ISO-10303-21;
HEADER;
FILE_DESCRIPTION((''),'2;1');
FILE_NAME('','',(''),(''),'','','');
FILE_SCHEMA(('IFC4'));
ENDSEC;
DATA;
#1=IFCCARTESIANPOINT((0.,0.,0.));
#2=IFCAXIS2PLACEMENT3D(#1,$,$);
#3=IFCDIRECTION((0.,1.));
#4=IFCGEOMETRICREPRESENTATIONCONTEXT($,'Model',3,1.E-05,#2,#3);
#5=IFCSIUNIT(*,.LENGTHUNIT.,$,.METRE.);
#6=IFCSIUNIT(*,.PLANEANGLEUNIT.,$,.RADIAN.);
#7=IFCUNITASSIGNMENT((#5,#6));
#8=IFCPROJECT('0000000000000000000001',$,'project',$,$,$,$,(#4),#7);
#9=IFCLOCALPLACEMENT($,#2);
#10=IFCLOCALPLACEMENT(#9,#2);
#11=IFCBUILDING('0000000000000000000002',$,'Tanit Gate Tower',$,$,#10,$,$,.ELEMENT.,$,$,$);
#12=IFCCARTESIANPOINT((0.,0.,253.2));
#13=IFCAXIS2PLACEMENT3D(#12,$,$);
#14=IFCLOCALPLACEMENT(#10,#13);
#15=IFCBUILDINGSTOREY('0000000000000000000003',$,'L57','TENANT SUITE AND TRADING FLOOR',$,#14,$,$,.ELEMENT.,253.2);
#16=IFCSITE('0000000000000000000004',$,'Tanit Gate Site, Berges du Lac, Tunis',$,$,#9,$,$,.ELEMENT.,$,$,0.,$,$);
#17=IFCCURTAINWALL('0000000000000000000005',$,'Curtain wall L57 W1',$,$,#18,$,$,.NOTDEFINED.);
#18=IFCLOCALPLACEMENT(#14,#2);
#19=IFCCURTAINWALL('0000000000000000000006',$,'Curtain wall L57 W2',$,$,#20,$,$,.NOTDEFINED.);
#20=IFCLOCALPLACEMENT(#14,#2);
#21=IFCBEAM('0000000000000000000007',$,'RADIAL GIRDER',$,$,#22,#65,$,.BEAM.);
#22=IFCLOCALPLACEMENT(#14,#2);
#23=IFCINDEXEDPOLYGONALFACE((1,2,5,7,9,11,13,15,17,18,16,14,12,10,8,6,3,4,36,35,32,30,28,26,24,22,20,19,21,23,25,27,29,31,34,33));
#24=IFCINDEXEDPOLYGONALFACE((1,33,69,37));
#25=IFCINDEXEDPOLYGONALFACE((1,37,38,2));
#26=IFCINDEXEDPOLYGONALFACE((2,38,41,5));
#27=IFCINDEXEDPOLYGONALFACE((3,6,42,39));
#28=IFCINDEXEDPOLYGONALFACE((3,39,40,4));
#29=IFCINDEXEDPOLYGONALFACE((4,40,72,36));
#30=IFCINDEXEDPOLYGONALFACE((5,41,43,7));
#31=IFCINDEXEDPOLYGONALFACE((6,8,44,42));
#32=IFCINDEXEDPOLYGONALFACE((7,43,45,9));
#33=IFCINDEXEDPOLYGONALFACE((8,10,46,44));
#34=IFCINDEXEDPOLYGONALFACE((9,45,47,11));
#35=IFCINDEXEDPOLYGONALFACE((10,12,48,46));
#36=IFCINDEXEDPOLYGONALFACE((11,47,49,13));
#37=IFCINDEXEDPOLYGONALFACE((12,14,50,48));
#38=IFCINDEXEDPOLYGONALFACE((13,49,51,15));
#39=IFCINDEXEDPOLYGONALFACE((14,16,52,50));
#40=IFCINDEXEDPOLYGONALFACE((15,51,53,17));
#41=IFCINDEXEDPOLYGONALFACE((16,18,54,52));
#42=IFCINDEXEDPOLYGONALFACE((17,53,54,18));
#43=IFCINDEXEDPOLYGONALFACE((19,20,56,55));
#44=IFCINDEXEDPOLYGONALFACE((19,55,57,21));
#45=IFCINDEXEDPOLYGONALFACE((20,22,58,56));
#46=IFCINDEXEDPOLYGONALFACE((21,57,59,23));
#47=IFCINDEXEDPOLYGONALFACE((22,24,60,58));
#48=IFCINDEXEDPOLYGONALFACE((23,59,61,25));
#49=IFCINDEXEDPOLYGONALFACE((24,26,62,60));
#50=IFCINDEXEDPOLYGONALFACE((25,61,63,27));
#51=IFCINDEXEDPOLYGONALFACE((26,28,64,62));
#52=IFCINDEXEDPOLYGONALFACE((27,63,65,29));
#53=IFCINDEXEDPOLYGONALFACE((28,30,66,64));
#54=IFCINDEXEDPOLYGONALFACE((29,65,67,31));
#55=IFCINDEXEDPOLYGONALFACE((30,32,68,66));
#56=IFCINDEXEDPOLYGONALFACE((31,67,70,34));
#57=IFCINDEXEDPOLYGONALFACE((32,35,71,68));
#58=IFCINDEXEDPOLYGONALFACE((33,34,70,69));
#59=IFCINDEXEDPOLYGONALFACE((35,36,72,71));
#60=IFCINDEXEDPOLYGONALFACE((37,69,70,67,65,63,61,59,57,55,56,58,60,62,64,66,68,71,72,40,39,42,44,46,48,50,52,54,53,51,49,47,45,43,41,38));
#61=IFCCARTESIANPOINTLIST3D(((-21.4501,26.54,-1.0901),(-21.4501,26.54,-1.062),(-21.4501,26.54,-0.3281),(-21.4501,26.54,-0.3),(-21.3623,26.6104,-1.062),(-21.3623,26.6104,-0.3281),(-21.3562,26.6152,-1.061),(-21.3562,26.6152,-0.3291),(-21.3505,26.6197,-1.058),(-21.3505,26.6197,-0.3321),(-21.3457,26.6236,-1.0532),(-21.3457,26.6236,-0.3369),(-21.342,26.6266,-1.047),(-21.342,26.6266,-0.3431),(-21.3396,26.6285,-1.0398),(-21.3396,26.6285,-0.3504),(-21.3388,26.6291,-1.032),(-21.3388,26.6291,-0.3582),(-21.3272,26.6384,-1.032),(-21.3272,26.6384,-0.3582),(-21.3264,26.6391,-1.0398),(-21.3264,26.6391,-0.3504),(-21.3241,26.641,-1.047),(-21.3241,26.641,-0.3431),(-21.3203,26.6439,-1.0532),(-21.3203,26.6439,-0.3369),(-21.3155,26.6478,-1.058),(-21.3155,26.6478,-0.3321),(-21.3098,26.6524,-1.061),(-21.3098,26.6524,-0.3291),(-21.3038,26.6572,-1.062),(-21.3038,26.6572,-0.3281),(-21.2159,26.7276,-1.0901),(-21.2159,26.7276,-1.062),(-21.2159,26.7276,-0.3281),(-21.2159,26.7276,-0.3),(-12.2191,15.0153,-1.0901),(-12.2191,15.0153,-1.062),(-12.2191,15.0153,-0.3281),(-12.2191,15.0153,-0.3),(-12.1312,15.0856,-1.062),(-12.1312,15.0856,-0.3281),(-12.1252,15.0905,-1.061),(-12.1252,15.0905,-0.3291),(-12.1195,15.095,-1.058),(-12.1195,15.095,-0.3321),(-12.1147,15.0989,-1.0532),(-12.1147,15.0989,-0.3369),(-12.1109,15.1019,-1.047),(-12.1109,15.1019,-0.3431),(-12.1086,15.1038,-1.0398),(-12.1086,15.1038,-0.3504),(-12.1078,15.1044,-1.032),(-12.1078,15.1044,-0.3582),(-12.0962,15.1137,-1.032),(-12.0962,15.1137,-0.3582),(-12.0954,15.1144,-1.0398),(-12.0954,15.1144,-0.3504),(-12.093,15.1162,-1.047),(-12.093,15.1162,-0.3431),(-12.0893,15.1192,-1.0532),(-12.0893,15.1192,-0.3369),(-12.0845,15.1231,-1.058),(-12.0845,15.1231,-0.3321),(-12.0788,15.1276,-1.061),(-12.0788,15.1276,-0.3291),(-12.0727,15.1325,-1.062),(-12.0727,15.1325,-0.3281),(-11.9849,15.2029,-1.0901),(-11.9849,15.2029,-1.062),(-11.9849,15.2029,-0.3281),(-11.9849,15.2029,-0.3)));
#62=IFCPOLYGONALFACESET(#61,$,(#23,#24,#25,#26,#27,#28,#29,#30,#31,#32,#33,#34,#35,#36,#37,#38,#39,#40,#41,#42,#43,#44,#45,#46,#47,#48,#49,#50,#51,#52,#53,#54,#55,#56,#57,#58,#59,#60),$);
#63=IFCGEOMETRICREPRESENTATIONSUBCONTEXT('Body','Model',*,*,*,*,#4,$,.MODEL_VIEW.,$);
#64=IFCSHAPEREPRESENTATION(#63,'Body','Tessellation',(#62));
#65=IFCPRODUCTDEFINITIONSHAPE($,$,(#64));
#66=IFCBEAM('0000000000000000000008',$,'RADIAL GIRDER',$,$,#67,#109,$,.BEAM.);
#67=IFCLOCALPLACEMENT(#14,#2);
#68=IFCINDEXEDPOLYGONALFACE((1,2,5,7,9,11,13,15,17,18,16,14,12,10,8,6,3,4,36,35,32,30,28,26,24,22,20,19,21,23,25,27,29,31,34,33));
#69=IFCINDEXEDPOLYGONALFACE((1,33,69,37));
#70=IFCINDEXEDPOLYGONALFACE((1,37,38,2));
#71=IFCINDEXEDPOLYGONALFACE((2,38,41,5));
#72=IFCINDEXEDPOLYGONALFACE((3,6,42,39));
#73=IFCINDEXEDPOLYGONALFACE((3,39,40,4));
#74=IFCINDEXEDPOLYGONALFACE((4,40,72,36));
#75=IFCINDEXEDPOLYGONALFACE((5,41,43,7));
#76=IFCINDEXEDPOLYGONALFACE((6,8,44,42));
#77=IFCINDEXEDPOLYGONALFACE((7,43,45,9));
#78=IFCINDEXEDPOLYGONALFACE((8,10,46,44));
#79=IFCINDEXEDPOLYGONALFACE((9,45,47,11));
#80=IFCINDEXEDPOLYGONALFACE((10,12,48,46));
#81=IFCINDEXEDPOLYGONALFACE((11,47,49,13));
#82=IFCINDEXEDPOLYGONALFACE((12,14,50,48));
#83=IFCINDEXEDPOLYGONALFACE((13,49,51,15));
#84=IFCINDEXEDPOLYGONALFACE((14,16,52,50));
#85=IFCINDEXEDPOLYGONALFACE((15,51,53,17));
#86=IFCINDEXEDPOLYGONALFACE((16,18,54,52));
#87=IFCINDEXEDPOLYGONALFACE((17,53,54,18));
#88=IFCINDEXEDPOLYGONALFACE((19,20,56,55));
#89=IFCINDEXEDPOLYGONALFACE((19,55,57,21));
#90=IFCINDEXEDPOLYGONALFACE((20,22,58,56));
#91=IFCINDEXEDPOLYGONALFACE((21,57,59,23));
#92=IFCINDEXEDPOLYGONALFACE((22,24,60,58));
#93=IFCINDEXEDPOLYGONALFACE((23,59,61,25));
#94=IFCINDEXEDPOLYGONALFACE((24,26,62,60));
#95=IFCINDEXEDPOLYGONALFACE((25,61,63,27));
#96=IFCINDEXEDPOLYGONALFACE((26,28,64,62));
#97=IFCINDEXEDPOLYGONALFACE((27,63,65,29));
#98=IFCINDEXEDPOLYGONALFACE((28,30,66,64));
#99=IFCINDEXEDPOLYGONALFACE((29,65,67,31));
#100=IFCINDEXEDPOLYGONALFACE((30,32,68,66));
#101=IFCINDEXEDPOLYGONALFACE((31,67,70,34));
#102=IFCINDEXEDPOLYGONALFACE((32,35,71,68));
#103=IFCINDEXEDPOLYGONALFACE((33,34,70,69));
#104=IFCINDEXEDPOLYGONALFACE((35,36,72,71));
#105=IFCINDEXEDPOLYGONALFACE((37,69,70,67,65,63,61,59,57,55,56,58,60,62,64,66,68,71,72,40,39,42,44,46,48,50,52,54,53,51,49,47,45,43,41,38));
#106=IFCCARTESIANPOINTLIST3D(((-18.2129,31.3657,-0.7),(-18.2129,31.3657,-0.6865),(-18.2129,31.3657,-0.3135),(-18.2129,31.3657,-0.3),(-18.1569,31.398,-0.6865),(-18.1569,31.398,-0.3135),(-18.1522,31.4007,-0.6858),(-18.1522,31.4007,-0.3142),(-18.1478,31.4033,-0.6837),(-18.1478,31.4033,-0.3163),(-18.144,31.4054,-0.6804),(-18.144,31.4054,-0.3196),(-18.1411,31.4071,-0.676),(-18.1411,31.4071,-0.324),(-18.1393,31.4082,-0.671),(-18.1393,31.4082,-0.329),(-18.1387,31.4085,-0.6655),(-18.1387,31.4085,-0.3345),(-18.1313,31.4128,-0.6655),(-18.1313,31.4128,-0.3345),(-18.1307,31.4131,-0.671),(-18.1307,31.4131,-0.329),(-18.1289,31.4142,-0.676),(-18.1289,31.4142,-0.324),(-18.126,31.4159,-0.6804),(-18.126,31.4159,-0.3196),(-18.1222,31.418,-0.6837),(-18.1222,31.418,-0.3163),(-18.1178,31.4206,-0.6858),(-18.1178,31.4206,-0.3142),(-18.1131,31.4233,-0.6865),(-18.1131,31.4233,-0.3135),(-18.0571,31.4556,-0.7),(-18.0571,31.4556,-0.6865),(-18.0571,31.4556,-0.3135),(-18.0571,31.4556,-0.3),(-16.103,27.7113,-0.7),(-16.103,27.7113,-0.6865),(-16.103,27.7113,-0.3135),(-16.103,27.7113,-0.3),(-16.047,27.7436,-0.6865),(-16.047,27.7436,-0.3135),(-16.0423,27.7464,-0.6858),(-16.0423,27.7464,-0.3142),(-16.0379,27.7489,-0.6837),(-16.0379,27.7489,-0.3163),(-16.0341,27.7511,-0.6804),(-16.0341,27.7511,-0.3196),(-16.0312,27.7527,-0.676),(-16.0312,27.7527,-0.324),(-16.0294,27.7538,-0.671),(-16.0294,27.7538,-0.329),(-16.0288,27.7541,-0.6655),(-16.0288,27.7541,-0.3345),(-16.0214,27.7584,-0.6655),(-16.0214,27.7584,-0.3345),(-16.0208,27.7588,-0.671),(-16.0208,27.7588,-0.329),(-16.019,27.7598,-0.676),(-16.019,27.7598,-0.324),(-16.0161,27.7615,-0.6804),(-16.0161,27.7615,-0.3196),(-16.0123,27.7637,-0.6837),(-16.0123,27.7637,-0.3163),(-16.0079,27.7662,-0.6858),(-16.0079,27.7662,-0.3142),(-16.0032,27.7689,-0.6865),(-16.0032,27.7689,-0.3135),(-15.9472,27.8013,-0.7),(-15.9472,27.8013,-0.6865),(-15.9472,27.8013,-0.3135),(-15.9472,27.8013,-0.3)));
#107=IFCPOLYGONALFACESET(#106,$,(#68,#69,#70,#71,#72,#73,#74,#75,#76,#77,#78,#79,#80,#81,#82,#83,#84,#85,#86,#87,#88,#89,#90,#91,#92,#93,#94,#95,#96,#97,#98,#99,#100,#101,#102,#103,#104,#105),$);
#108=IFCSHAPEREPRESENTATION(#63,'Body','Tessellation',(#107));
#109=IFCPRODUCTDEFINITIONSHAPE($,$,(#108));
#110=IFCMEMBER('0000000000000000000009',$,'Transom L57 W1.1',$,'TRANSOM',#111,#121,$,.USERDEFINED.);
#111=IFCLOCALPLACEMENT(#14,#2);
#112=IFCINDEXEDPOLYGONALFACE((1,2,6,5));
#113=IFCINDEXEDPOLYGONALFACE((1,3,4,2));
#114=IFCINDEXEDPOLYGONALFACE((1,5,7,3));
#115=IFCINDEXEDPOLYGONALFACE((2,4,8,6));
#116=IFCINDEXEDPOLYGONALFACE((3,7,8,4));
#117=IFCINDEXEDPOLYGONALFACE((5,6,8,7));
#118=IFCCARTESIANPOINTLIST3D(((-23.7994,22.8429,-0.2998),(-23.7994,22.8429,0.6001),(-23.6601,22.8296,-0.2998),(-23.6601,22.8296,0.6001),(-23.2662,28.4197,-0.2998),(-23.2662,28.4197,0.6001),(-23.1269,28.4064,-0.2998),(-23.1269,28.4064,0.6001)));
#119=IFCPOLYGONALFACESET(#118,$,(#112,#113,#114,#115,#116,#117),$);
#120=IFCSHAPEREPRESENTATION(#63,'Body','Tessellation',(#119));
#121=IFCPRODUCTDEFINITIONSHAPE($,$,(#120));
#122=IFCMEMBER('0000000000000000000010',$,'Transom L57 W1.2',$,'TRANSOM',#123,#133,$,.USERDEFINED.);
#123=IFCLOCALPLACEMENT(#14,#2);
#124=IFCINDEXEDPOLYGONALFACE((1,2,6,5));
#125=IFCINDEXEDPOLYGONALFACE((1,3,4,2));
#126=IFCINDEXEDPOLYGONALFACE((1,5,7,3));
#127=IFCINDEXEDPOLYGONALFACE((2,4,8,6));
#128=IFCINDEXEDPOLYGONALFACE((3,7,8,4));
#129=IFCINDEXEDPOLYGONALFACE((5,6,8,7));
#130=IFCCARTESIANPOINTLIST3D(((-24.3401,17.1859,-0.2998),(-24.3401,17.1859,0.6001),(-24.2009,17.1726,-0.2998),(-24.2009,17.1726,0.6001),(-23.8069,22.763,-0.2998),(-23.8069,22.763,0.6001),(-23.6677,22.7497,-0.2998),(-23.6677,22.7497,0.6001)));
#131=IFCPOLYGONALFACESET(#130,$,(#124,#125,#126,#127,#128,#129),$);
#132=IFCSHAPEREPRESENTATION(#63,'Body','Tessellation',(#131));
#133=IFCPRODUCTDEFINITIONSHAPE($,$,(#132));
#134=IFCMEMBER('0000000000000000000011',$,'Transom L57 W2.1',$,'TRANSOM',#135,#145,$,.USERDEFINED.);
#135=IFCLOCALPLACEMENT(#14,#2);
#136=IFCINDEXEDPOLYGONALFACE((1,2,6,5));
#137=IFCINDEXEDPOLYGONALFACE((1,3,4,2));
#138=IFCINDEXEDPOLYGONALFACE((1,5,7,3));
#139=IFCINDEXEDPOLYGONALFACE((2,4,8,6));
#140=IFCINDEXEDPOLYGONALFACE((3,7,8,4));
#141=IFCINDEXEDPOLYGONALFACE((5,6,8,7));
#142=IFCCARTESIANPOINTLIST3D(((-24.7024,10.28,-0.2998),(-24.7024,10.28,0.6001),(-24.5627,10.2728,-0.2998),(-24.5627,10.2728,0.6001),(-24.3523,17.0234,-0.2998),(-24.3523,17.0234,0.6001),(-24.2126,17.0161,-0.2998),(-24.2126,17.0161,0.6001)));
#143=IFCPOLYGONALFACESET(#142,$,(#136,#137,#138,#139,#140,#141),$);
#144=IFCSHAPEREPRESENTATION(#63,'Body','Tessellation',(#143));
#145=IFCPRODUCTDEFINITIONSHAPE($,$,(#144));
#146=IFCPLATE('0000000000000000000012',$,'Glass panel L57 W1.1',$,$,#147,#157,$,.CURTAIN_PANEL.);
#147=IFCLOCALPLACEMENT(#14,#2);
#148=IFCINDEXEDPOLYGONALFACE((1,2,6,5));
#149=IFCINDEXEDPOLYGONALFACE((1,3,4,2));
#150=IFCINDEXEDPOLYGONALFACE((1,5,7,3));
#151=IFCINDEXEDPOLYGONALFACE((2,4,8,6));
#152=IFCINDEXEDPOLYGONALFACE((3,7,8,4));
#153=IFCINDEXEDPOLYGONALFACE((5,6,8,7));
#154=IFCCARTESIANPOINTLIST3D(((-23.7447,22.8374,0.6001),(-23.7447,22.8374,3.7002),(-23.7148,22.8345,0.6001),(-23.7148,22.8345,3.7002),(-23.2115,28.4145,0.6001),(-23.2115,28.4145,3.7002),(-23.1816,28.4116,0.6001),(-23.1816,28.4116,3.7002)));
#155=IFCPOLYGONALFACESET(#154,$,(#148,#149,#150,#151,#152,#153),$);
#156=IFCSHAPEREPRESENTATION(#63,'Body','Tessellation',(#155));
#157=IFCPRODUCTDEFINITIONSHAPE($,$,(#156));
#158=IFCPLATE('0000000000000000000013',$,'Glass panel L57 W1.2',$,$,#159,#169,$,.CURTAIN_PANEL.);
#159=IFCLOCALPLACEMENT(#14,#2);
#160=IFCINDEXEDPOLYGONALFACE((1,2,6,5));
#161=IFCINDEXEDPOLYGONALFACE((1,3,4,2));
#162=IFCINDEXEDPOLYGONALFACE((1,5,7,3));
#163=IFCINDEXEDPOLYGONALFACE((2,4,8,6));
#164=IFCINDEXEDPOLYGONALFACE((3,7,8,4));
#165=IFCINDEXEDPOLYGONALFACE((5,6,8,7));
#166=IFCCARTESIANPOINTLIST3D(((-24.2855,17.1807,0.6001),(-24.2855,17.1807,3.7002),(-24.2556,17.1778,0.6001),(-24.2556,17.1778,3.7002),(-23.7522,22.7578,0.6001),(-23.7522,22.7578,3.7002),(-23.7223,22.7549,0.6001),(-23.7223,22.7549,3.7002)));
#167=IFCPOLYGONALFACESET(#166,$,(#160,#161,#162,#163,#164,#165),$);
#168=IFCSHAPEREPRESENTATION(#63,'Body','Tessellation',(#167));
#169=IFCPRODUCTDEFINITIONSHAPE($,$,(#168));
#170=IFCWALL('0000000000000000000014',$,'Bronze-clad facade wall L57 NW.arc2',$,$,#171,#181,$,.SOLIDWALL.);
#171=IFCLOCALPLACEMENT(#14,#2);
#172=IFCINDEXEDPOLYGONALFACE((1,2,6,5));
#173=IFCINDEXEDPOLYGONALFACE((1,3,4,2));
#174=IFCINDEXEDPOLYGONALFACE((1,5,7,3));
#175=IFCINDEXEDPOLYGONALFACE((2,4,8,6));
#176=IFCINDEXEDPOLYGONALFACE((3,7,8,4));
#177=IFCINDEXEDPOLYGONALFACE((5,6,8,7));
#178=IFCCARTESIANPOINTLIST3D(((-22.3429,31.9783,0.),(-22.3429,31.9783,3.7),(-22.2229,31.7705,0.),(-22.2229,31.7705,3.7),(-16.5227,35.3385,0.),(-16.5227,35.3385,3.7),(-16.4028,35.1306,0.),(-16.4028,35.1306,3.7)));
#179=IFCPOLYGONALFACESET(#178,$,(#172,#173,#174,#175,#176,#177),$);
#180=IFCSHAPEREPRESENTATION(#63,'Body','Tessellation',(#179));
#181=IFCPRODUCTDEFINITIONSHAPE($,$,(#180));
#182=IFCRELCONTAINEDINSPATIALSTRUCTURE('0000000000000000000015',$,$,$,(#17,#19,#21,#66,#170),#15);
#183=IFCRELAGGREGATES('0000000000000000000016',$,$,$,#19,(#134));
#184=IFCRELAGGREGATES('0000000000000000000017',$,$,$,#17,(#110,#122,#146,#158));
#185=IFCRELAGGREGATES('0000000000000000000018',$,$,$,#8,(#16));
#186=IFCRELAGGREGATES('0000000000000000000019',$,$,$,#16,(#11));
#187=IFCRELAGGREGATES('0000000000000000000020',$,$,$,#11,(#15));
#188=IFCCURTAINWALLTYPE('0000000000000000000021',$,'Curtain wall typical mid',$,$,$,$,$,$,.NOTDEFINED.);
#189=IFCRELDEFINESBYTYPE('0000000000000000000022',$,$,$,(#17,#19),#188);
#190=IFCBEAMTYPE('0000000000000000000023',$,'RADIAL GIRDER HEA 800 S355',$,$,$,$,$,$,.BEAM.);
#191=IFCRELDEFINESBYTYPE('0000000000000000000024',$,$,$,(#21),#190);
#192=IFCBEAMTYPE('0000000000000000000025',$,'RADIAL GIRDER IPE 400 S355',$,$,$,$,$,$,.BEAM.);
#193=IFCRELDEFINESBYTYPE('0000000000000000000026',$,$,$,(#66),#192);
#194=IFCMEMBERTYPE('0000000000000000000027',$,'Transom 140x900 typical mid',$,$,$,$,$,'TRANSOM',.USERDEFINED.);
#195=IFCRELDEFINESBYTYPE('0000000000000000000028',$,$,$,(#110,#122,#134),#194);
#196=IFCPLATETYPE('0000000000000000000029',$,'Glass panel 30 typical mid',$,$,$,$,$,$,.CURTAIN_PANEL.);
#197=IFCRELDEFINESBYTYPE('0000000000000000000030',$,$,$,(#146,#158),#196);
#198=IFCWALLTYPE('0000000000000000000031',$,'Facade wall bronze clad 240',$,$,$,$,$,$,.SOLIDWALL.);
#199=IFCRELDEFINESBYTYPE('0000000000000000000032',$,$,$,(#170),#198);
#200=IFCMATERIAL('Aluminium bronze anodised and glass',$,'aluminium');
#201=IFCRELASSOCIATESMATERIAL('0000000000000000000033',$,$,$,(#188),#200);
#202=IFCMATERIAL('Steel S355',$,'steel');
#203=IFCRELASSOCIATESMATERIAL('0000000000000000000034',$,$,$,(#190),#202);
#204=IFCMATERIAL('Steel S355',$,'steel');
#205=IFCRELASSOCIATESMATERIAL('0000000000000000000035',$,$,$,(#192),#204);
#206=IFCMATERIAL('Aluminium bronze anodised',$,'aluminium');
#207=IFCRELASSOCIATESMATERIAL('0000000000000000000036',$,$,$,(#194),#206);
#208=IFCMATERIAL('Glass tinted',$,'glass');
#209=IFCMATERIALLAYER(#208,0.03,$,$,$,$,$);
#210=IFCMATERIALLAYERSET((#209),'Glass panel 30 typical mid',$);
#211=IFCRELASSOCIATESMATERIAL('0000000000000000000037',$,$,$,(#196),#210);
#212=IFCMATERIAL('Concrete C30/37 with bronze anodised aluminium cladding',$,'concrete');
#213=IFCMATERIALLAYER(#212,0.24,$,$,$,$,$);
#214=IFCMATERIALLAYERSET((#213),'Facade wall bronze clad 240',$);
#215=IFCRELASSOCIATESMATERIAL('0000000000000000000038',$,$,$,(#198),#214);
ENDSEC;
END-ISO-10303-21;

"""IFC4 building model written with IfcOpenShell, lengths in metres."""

from ifc_helpers import new_model, si_unit, direction, frame, frame_2d, origin, origin_2d, place, context, subcontext, project, spatial, rectangle, i_section, extrude, material, layer, layer_set, material_profile, profile_set, type_object, element, aggregate, save


model = new_model("IFC4")

# Units and contexts
model_context = context("Model", 3, precision=1e-05, world=origin(), true_north=direction((0.0, 1.0)))
body_context = subcontext(model_context, "Body", "Model", "MODEL_VIEW")
ifc_project = project(units=[si_unit("LENGTHUNIT", "METRE"), si_unit("PLANEANGLEUNIT", "RADIAN")], contexts=[model_context])

# Site, building, storey
site_placement = place(None, origin())
site = spatial("IfcSite", under=ifc_project, at=site_placement, Name="Tanit Gate Site, Berges du Lac, Tunis", CompositionType="ELEMENT", RefElevation=0.0)
building_placement = place(site_placement, origin())
building = spatial("IfcBuilding", under=site, at=building_placement, Name="Tanit Gate Tower", CompositionType="ELEMENT")
storey_placement = place(building_placement, frame((0.0, 0.0, 253.2)))
storey = spatial("IfcBuildingStorey", under=building, at=storey_placement, Name="L57", Description="TENANT SUITE AND TRADING FLOOR", CompositionType="ELEMENT", Elevation=253.2)

# Curtain walls
ifc_material_1 = material(Name="Aluminium bronze anodised and glass", Category="aluminium")
curtain_wall_type = type_object("IfcCurtainWallType", Name="Curtain wall typical mid", PredefinedType="NOTDEFINED", material=ifc_material_1)
curtain_wall_1_placement = place(storey_placement, origin())
curtain_wall_1 = element("IfcCurtainWall", 1, at=curtain_wall_1_placement, inside=storey, type_object=curtain_wall_type, Name="Curtain wall L57 W1", PredefinedType="NOTDEFINED")
curtain_wall_2_placement = place(storey_placement, origin())
curtain_wall_2 = element("IfcCurtainWall", 2, at=curtain_wall_2_placement, inside=storey, type_object=curtain_wall_type, Name="Curtain wall L57 W2", PredefinedType="NOTDEFINED")

# Beams
ifc_material_2 = material(Name="Steel S355", Category="steel")
ifc_material_profile_1 = material_profile(ifc_material_2, i_section(OverallWidth=0.3, OverallDepth=0.79, WebThickness=0.0149, FlangeThickness=0.0281, FilletRadius=0.03, at=origin_2d()), Name="HEA 800")
ifc_profile_set_1 = profile_set([ifc_material_profile_1], Name="Steel S355")
beam_type_1 = type_object("IfcBeamType", Name="RADIAL GIRDER HEA 800 S355", PredefinedType="BEAM", material=ifc_profile_set_1)
beam_1_placement = place(storey_placement, frame((-21.333, 26.6338, -0.6951), z_axis=(0.625159, -0.780498, 0.0), x_axis=(0.780498, 0.625159, 0.0)))
element("IfcBeam", 3, at=beam_1_placement, inside=storey, type_object=beam_type_1, Name="RADIAL GIRDER", PredefinedType="BEAM", context=body_context, shape_type="SweptSolid", body=[
    extrude(i_section(OverallWidth=0.3, OverallDepth=0.79, WebThickness=0.0149, FlangeThickness=0.0281, FilletRadius=0.03, at=origin_2d()), origin(), (0.0, 0.0, 1.0), 14.7659),
])
ifc_material_3 = material(Name="Steel S355", Category="steel")
ifc_material_profile_2 = material_profile(ifc_material_3, i_section(OverallWidth=0.1799, OverallDepth=0.3999, WebThickness=0.0085, FlangeThickness=0.0134, FilletRadius=0.021, at=origin_2d()), Name="IPE 400")
ifc_profile_set_2 = profile_set([ifc_material_profile_2], Name="Steel S355")
beam_type_2 = type_object("IfcBeamType", Name="RADIAL GIRDER IPE 400 S355", PredefinedType="BEAM", material=ifc_profile_set_2)
beam_2_placement = place(storey_placement, frame((-18.135, 31.4106, -0.5), z_axis=(0.50001, -0.86602, 0.0), x_axis=(0.86602, 0.50001, 0.0)))
element("IfcBeam", 4, at=beam_2_placement, inside=storey, type_object=beam_type_2, Name="RADIAL GIRDER", PredefinedType="BEAM", context=body_context, shape_type="SweptSolid", body=[
    extrude(i_section(OverallWidth=0.1799, OverallDepth=0.3999, WebThickness=0.0085, FlangeThickness=0.0134, FilletRadius=0.021, at=origin_2d()), origin(), (0.0, 0.0, 1.0), 4.2197),
])

# Members
ifc_material_4 = material(Name="Aluminium bronze anodised", Category="aluminium")
ifc_material_profile_3 = material_profile(ifc_material_4, rectangle(XDim=0.1399, YDim=0.8999, at=origin_2d()), Name="140x900 bronze transom")
ifc_profile_set_3 = profile_set([ifc_material_profile_3], Name="Aluminium bronze anodised")
member_type_1 = type_object("IfcMemberType", Name="Transom 140x900 typical mid", ElementType="TRANSOM", PredefinedType="USERDEFINED", material=ifc_profile_set_3)
member_1_placement = place(storey_placement, frame((-23.1965, 28.4131, 0.1501), z_axis=(-0.095175, -0.995461, 0.0), x_axis=(0.995461, -0.095175, 0.0)))
member_1 = element("IfcMember", 5, at=member_1_placement, type_object=member_type_1, Name="Transom L57 W1.1", ObjectType="TRANSOM", PredefinedType="USERDEFINED", context=body_context, shape_type="SweptSolid", body=[
    extrude(rectangle(XDim=0.1399, YDim=0.8999, at=origin_2d()), origin(), (0.0, 0.0, 1.0), 5.6023),
])
member_2_placement = place(storey_placement, frame((-23.7373, 22.7563, 0.1501), z_axis=(-0.095171, -0.995461, 0.0), x_axis=(0.995461, -0.095171, 0.0)))
member_2 = element("IfcMember", 6, at=member_2_placement, type_object=member_type_1, Name="Transom L57 W1.2", ObjectType="TRANSOM", PredefinedType="USERDEFINED", context=body_context, shape_type="SweptSolid", body=[
    extrude(rectangle(XDim=0.1399, YDim=0.8999, at=origin_2d()), origin(), (0.0, 0.0, 1.0), 5.6025),
])
member_3_placement = place(storey_placement, frame((-24.2825, 17.0198, 0.1501), z_axis=(-0.051847, -0.998655, 0.0), x_axis=(0.998655, -0.051847, 0.0)))
member_3 = element("IfcMember", 7, at=member_3_placement, type_object=member_type_1, Name="Transom L57 W2.1", ObjectType="TRANSOM", PredefinedType="USERDEFINED", context=body_context, shape_type="SweptSolid", body=[
    extrude(rectangle(XDim=0.1399, YDim=0.8999, at=origin_2d()), origin(), (0.0, 0.0, 1.0), 6.7524),
])
aggregate(curtain_wall_2, [member_3])

# Plates
ifc_material_5 = material(Name="Glass tinted", Category="glass")
ifc_layer_1 = layer(ifc_material_5, 0.03)
ifc_layer_set_1 = layer_set([ifc_layer_1], Name="Glass panel 30 typical mid")
plate_type = type_object("IfcPlateType", Name="Glass panel 30 typical mid", PredefinedType="CURTAIN_PANEL", material=ifc_layer_set_1)
plate_1_placement = place(storey_placement, frame((-23.4631, 25.6245, 0.6001), z_axis=(0.0, 0.0, 1.0), x_axis=(-0.095182, -0.99546, 0.0)))
plate_1 = element("IfcPlate", 8, at=plate_1_placement, type_object=plate_type, Name="Glass panel L57 W1.1", PredefinedType="CURTAIN_PANEL", context=body_context, shape_type="SweptSolid", body=[
    extrude(rectangle(XDim=5.6025, YDim=0.03, at=origin_2d()), origin(), (0.0, 0.0, 1.0), 3.1001),
])
plate_2_placement = place(storey_placement, frame((-24.0039, 19.9678, 0.6001), z_axis=(0.0, 0.0, 1.0), x_axis=(-0.095182, -0.99546, 0.0)))
plate_2 = element("IfcPlate", 9, at=plate_2_placement, type_object=plate_type, Name="Glass panel L57 W1.2", PredefinedType="CURTAIN_PANEL", context=body_context, shape_type="SweptSolid", body=[
    extrude(rectangle(XDim=5.6025, YDim=0.03, at=origin_2d()), origin(), (0.0, 0.0, 1.0), 3.1001),
])
aggregate(curtain_wall_1, [member_1, member_2, plate_1, plate_2])

# Wall
ifc_material_6 = material(Name="Concrete C30/37 with bronze anodised aluminium cladding", Category="concrete")
ifc_layer_2 = layer(ifc_material_6, 0.24)
ifc_layer_set_2 = layer_set([ifc_layer_2], Name="Facade wall bronze clad 240")
wall_type_1 = type_object("IfcWallType", Name="Facade wall bronze clad 240", PredefinedType="SOLIDWALL", material=ifc_layer_set_2)
wall_1_placement = place(storey_placement, frame((-16.4626, 35.2346, 0.0), z_axis=(0.0, 0.0, 1.0), x_axis=(-0.866033, -0.499988, 0.0)))
element("IfcWall", 10, at=wall_1_placement, inside=storey, type_object=wall_type_1, Name="Bronze-clad facade wall L57 NW.arc2", PredefinedType="SOLIDWALL", context=body_context, shape_type="SweptSolid", body=[
    extrude(rectangle(XDim=6.7205, YDim=0.24, at=frame_2d((3.3604, 0.0))), origin(), (0.0, 0.0, 1.0), 3.7),
])

save(model, "model.ifc")
